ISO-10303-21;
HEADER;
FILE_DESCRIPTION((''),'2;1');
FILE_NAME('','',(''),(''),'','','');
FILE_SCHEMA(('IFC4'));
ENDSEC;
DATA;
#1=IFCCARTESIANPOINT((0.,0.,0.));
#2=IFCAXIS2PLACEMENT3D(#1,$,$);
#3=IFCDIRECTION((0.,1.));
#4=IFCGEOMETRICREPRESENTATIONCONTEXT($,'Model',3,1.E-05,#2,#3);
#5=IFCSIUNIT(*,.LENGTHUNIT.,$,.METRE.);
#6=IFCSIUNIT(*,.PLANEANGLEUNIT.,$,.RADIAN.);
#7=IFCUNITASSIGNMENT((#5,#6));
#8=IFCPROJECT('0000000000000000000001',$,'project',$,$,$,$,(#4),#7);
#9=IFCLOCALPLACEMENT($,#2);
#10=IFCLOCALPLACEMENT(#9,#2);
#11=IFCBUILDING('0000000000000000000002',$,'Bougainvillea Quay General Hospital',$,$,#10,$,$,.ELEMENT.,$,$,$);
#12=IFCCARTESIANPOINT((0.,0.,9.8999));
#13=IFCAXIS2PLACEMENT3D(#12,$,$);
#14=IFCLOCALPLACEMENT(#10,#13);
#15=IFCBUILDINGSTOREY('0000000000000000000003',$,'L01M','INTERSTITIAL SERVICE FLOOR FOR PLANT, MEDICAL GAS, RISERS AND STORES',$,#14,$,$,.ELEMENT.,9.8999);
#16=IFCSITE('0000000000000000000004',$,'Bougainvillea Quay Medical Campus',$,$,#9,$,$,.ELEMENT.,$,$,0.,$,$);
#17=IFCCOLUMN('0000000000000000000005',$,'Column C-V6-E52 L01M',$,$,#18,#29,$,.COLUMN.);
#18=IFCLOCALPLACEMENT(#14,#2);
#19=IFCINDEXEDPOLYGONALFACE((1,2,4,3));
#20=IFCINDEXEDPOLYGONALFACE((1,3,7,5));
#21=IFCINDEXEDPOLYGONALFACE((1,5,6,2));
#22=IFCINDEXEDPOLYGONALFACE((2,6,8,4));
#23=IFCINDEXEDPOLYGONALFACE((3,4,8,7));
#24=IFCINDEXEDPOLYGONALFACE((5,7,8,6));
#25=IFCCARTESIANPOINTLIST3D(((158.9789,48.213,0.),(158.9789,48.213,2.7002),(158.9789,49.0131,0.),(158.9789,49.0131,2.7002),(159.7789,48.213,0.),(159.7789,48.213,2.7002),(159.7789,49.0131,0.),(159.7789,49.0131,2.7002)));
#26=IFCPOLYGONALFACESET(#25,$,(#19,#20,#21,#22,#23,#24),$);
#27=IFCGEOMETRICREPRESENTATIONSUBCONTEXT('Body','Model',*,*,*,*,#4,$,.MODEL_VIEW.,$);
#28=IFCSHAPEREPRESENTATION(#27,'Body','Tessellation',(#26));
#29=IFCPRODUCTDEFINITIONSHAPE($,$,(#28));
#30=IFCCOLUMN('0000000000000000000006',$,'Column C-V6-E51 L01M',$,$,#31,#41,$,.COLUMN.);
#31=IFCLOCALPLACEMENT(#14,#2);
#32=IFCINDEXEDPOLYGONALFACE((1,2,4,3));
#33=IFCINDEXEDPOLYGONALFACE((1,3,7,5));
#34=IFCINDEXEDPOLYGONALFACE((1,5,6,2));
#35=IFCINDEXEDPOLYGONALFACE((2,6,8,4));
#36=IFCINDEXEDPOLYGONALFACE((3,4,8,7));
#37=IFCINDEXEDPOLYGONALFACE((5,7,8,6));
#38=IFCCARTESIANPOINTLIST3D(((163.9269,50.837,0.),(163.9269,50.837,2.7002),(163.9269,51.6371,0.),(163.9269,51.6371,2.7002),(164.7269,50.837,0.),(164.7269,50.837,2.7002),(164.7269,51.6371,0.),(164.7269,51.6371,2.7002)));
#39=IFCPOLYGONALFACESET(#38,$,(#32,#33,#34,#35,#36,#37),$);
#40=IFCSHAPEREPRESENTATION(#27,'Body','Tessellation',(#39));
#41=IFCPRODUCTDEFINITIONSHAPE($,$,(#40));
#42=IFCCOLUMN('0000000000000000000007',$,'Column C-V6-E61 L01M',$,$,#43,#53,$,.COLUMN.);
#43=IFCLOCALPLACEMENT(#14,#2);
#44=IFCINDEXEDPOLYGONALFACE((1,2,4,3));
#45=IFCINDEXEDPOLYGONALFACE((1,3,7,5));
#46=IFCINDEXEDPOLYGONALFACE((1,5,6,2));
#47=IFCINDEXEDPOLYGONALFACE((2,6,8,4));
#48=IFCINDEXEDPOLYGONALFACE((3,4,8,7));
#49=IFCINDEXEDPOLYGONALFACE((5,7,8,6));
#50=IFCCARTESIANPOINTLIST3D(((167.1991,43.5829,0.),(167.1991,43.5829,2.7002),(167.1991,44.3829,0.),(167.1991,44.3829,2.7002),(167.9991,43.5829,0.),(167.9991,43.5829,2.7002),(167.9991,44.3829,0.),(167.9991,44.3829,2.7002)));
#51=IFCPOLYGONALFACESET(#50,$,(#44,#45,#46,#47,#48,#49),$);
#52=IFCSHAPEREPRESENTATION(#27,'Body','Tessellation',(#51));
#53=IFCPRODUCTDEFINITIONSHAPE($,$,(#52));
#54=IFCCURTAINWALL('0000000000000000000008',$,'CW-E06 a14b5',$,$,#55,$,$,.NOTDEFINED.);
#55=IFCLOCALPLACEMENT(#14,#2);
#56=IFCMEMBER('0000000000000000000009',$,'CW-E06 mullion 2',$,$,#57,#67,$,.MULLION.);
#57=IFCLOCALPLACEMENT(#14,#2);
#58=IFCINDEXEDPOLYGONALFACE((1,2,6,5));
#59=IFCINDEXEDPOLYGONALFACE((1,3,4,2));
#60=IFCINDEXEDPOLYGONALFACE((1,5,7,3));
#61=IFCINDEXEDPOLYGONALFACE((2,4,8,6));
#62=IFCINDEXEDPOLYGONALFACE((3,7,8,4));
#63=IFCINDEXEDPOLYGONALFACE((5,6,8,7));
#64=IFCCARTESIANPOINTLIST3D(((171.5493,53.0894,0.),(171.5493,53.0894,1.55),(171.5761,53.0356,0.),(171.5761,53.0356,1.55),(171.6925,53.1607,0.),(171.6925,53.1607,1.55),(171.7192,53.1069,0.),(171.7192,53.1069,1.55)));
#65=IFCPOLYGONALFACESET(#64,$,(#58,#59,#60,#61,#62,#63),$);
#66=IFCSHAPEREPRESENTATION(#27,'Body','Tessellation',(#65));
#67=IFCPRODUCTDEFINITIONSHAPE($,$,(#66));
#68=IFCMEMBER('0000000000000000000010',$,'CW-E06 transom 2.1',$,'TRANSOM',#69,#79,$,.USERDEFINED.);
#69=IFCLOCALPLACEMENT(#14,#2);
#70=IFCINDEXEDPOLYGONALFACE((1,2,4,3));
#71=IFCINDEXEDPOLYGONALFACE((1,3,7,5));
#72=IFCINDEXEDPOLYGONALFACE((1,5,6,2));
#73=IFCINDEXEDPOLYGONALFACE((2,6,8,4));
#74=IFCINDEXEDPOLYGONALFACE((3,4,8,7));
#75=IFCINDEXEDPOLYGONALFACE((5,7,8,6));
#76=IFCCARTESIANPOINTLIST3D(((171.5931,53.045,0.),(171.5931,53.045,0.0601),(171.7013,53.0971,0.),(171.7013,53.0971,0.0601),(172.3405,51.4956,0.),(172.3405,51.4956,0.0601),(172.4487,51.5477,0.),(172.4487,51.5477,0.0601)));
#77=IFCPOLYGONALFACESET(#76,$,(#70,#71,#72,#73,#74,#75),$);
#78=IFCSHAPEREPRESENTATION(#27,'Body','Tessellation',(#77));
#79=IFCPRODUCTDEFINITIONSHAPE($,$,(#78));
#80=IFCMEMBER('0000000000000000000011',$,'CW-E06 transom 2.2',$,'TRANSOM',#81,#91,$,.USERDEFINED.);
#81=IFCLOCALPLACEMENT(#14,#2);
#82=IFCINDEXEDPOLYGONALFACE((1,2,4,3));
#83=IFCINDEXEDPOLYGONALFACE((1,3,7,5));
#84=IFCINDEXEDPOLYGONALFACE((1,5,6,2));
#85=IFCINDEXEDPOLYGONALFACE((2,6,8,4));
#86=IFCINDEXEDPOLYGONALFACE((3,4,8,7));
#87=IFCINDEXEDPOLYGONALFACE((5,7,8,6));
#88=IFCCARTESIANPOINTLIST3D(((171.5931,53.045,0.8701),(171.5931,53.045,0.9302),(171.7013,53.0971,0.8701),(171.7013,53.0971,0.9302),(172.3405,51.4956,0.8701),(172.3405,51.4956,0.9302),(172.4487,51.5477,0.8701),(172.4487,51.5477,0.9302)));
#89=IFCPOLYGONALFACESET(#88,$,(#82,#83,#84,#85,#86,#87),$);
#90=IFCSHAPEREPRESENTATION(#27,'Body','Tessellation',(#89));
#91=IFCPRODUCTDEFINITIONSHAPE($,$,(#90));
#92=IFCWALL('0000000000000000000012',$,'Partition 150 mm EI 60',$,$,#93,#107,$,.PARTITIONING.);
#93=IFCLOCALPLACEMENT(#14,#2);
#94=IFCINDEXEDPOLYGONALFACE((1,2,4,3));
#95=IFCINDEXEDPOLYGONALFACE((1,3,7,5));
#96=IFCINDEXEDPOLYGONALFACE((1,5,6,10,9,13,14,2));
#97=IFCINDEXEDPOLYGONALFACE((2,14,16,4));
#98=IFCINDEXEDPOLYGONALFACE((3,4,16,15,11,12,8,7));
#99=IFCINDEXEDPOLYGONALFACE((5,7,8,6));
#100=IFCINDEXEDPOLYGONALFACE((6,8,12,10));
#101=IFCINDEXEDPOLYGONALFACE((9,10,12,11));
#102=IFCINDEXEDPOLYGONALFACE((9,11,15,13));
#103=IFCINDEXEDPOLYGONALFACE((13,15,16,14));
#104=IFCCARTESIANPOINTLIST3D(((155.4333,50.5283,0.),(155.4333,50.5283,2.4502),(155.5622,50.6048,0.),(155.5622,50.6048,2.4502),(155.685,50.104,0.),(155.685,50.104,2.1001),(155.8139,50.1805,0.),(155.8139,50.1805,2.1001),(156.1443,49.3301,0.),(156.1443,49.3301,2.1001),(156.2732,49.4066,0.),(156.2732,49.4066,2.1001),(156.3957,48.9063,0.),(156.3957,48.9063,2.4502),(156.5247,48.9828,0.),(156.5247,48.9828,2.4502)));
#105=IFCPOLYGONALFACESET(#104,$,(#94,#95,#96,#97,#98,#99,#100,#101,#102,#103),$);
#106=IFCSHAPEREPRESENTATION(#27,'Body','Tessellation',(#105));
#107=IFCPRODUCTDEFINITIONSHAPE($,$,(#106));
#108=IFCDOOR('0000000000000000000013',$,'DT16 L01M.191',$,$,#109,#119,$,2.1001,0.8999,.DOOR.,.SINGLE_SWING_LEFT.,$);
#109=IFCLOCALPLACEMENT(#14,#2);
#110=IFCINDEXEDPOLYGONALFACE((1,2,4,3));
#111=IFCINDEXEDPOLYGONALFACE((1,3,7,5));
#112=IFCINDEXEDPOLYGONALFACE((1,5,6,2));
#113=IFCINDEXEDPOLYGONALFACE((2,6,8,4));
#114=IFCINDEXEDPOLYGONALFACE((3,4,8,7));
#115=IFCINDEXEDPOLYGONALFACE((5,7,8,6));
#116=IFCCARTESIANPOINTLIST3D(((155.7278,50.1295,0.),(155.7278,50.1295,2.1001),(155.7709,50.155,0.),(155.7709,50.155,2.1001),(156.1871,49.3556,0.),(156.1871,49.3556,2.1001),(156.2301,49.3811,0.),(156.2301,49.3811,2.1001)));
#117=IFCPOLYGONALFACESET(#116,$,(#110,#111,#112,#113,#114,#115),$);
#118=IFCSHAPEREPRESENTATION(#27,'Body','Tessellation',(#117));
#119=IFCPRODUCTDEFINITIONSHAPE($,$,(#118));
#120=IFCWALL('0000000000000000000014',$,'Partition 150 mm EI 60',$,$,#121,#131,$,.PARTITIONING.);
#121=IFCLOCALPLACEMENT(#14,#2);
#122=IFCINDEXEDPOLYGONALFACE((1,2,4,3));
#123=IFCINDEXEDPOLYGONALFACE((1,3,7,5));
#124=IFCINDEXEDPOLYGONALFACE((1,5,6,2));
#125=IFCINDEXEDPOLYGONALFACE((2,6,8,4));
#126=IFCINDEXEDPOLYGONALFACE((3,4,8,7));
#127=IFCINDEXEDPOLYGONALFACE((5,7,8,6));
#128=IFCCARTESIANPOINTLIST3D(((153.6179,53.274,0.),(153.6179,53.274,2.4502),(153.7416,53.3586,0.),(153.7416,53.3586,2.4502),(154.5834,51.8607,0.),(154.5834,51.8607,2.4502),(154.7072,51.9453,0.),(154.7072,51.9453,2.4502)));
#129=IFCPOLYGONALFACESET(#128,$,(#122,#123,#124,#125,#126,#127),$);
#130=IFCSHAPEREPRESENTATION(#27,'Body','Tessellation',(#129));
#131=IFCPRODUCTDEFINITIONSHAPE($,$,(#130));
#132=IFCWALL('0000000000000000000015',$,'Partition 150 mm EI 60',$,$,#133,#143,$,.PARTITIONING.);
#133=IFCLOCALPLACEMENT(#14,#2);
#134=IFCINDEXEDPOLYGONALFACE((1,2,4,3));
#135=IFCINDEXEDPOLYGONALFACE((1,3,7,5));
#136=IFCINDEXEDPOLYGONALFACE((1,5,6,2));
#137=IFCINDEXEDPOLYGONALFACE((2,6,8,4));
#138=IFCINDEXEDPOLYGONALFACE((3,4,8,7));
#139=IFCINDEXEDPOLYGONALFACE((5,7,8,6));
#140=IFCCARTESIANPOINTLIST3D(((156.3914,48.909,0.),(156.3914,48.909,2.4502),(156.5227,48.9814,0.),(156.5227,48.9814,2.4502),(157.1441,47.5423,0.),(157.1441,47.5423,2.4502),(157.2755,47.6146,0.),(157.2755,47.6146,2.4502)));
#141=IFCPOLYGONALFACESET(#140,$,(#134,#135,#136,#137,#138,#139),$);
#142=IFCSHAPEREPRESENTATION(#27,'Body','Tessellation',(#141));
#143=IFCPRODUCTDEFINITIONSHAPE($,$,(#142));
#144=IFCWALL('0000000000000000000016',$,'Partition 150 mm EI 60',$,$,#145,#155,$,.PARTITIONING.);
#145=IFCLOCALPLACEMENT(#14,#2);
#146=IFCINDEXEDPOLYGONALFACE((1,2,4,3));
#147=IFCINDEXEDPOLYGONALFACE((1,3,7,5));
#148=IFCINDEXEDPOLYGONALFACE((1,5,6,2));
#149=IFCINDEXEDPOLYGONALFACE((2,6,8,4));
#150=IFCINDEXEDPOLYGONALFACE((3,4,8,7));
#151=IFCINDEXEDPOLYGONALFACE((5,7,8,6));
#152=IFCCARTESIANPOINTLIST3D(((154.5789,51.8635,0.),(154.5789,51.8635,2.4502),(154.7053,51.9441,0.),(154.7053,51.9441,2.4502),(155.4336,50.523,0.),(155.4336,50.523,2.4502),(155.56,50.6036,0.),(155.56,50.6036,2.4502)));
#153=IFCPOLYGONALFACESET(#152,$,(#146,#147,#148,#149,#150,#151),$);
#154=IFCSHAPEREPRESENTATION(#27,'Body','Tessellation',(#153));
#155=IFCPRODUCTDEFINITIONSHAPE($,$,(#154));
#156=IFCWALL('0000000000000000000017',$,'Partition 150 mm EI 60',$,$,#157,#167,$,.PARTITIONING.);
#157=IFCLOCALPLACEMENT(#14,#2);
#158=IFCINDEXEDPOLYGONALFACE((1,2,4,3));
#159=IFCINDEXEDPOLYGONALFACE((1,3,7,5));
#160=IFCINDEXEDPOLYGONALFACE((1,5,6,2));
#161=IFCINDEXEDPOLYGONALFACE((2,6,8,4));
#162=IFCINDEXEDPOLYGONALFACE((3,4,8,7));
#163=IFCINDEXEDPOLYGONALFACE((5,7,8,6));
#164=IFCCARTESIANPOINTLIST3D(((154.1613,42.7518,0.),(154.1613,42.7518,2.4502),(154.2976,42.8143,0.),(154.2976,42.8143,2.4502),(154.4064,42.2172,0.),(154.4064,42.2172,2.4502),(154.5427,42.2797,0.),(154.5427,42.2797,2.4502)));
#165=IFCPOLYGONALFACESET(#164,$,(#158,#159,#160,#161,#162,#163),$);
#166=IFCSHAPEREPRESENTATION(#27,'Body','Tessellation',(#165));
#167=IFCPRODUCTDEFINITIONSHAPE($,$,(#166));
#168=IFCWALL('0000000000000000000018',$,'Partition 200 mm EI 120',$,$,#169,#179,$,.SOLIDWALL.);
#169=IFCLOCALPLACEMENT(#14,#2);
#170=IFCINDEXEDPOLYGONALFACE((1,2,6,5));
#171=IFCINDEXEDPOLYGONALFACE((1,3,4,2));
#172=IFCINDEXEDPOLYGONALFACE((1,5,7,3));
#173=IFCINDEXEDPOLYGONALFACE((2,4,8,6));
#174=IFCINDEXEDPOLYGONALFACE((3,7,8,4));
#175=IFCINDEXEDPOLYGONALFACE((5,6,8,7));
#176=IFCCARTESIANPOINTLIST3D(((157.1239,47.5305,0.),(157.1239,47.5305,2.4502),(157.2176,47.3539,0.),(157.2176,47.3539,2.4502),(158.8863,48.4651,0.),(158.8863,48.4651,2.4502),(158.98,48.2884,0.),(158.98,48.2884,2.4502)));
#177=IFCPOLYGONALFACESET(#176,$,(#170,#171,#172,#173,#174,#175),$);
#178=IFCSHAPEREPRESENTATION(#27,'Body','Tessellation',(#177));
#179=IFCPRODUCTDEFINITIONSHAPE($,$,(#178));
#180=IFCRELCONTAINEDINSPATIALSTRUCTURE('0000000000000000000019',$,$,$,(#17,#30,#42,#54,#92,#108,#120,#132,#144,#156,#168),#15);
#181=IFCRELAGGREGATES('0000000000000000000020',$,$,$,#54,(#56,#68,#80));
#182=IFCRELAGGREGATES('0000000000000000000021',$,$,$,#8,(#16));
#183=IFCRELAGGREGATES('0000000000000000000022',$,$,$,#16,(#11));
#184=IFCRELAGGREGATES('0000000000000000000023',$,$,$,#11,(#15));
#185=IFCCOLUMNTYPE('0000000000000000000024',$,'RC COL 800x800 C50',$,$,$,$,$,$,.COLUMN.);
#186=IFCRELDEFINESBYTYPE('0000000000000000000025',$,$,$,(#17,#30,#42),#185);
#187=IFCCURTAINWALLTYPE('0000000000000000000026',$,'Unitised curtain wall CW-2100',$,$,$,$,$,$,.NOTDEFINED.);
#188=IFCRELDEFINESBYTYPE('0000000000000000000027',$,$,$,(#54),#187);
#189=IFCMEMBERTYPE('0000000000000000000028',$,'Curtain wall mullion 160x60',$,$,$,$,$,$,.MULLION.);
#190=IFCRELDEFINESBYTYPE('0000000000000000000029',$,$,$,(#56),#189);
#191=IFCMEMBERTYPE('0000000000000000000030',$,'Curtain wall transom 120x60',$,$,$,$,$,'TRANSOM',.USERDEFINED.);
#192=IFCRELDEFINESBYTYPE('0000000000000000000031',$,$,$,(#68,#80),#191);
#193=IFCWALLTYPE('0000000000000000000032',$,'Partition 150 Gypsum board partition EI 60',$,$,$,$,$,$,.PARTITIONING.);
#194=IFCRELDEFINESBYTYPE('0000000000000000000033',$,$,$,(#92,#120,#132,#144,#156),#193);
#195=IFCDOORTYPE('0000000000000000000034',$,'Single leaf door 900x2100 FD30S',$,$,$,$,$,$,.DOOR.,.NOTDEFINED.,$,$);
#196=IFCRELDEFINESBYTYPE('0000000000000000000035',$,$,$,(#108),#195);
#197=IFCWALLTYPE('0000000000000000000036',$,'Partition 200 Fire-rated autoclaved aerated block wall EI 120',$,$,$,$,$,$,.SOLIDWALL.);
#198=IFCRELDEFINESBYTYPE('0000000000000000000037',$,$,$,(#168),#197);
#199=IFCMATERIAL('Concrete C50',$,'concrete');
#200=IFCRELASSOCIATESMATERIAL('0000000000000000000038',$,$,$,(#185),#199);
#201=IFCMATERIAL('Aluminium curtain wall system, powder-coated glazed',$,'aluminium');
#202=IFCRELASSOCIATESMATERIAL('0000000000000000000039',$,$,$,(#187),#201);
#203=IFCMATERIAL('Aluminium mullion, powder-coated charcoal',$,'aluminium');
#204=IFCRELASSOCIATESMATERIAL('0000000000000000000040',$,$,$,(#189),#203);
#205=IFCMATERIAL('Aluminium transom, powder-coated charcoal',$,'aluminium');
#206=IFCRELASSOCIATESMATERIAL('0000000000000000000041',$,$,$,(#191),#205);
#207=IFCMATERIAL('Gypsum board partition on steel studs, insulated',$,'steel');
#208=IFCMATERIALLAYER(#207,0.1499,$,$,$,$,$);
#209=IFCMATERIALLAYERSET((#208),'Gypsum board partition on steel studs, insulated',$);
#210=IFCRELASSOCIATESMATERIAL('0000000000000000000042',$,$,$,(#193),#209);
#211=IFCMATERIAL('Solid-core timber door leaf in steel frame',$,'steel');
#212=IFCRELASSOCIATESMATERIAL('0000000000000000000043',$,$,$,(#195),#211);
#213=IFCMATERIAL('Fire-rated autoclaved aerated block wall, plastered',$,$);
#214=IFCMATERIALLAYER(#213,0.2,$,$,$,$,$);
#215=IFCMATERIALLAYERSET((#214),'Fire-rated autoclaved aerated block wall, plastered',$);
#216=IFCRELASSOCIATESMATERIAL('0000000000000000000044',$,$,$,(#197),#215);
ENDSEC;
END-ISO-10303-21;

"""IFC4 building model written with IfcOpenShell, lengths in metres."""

from ifc_helpers import new_model, si_unit, direction, frame, frame_2d, origin, origin_2d, place, context, subcontext, project, spatial, rectangle, extrude, material, layer, layer_set, material_profile, profile_set, type_object, element, fill, aggregate, save


model = new_model("IFC4")

# Units and contexts
model_context = context("Model", 3, precision=1e-05, world=origin(), true_north=direction((0.0, 1.0)))
body_context = subcontext(model_context, "Body", "Model", "MODEL_VIEW")
ifc_project = project(units=[si_unit("LENGTHUNIT", "METRE"), si_unit("PLANEANGLEUNIT", "RADIAN")], contexts=[model_context])

# Site, building, storey
site_placement = place(None, origin())
site = spatial("IfcSite", under=ifc_project, at=site_placement, Name="Bougainvillea Quay Medical Campus", CompositionType="ELEMENT", RefElevation=0.0)
building_placement = place(site_placement, origin())
building = spatial("IfcBuilding", under=site, at=building_placement, Name="Bougainvillea Quay General Hospital", CompositionType="ELEMENT")
storey_placement = place(building_placement, frame((0.0, 0.0, 9.8999)))
storey = spatial("IfcBuildingStorey", under=building, at=storey_placement, Name="L01M", Description="INTERSTITIAL SERVICE FLOOR FOR PLANT, MEDICAL GAS, RISERS AND STORES", CompositionType="ELEMENT", Elevation=9.8999)

# Columns
ifc_material_1 = material(Name="Concrete C50", Category="concrete")
ifc_material_profile_1 = material_profile(ifc_material_1, rectangle(XDim=0.8, YDim=0.8, at=origin_2d()))
ifc_profile_set_1 = profile_set([ifc_material_profile_1], Name="Concrete C50")
column_type = type_object("IfcColumnType", Name="RC COL 800x800 C50", PredefinedType="COLUMN", material=ifc_profile_set_1)
for number, where, z_axis, x_axis, name in (
    (1, (159.3789, 48.613, 0.0), (0.0, 0.0, 1.0), (1.0, 0.0, 0.0), "Column C-V6-E52 L01M"),
    (2, (164.3269, 51.2371, 0.0), (0.0, 0.0, 1.0), (1.0, 0.0, 0.0), "Column C-V6-E51 L01M"),
    (3, (167.5991, 43.9829, 0.0), (0.0, 0.0, 1.0), (1.0, 0.0, 0.0), "Column C-V6-E61 L01M"),
):
    element("IfcColumn", number, at=place(storey_placement, frame(where, z_axis=z_axis, x_axis=x_axis)), inside=storey, type_object=column_type, Name=name, PredefinedType="COLUMN", context=body_context, shape_type="SweptSolid", body=[
        extrude(rectangle(XDim=0.8, YDim=0.8, at=origin_2d()), origin(), (0.0, 0.0, 1.0), 2.7002),
    ])

# Curtain wall, members
ifc_material_2 = material(Name="Aluminium curtain wall system, powder-coated glazed", Category="aluminium")
curtain_wall_type = type_object("IfcCurtainWallType", Name="Unitised curtain wall CW-2100", PredefinedType="NOTDEFINED", material=ifc_material_2)
curtain_wall_placement = place(storey_placement, origin())
curtain_wall = element("IfcCurtainWall", 4, at=curtain_wall_placement, inside=storey, type_object=curtain_wall_type, Name="CW-E06 a14b5", PredefinedType="NOTDEFINED")
ifc_material_3 = material(Name="Aluminium mullion, powder-coated charcoal", Category="aluminium")
ifc_material_profile_2 = material_profile(ifc_material_3, rectangle(XDim=0.1599, YDim=0.0601, at=origin_2d()))
ifc_profile_set_2 = profile_set([ifc_material_profile_2], Name="Aluminium mullion, powder-coated charcoal")
member_type_1 = type_object("IfcMemberType", Name="Curtain wall mullion 160x60", PredefinedType="MULLION", material=ifc_profile_set_2)
member_1_placement = place(storey_placement, frame((171.6343, 53.0981, 0.0), z_axis=(0.0, 0.0, 1.0), x_axis=(0.895109, 0.445848, 0.0)))
member_1 = element("IfcMember", 5, at=member_1_placement, type_object=member_type_1, Name="CW-E06 mullion 2", PredefinedType="MULLION", context=body_context, shape_type="SweptSolid", body=[
    extrude(rectangle(XDim=0.1599, YDim=0.0601, at=origin_2d()), origin(), (0.0, 0.0, 1.0), 1.55),
])
ifc_material_4 = material(Name="Aluminium transom, powder-coated charcoal", Category="aluminium")
ifc_material_profile_3 = material_profile(ifc_material_4, rectangle(XDim=0.1201, YDim=0.0601, at=origin_2d()))
ifc_profile_set_3 = profile_set([ifc_material_profile_3], Name="Aluminium transom, powder-coated charcoal")
member_type_2 = type_object("IfcMemberType", Name="Curtain wall transom 120x60", ElementType="TRANSOM", PredefinedType="USERDEFINED", material=ifc_profile_set_3)
member_2_placement = place(storey_placement, frame((171.6472, 53.071, 0.03), z_axis=(0.434451, -0.900695, 0.0), x_axis=(0.900695, 0.434451, 0.0)))
member_2 = element("IfcMember", 6, at=member_2_placement, type_object=member_type_2, Name="CW-E06 transom 2.1", ObjectType="TRANSOM", PredefinedType="USERDEFINED", context=body_context, shape_type="SweptSolid", body=[
    extrude(rectangle(XDim=0.1201, YDim=0.0601, at=origin_2d()), origin(), (0.0, 0.0, 1.0), 1.7202),
])
member_3_placement = place(storey_placement, frame((171.6472, 53.071, 0.9001), z_axis=(0.434451, -0.900695, 0.0), x_axis=(0.900695, 0.434451, 0.0)))
member_3 = element("IfcMember", 7, at=member_3_placement, type_object=member_type_2, Name="CW-E06 transom 2.2", ObjectType="TRANSOM", PredefinedType="USERDEFINED", context=body_context, shape_type="SweptSolid", body=[
    extrude(rectangle(XDim=0.1201, YDim=0.0601, at=origin_2d()), origin(), (0.0, 0.0, 1.0), 1.7202),
])
aggregate(curtain_wall, [member_1, member_2, member_3])

# Wall, opening, door
ifc_material_5 = material(Name="Gypsum board partition on steel studs, insulated", Category="steel")
ifc_layer_1 = layer(ifc_material_5, 0.1499)
ifc_layer_set_1 = layer_set([ifc_layer_1], Name="Gypsum board partition on steel studs, insulated")
wall_type_1 = type_object("IfcWallType", Name="Partition 150 Gypsum board partition EI 60", PredefinedType="PARTITIONING", material=ifc_layer_set_1)
wall_1_placement = place(storey_placement, frame((155.4978, 50.5664, 0.0), z_axis=(0.0, 0.0, 1.0), x_axis=(0.51032, -0.859984, 0.0)))
wall_1 = element("IfcWall", 8, at=wall_1_placement, inside=storey, type_object=wall_type_1, Name="Partition 150 mm EI 60", PredefinedType="PARTITIONING", context=body_context, shape_type="SweptSolid", body=[
    extrude(rectangle(XDim=1.886, YDim=0.1499, at=frame_2d((0.9429, 0.0))), origin(), (0.0, 0.0, 1.0), 2.4502),
])
opening_1_placement = place(wall_1_placement, frame((0.4932, 0.0, 0.0)))
opening_1 = element("IfcOpeningElement", 9, at=opening_1_placement, cuts=wall_1, PredefinedType="OPENING", context=body_context, shape_type="SweptSolid", body=[
    extrude(rectangle(XDim=0.8999, YDim=2.1001, at=frame_2d((0.45, 1.05))), frame((0.0, 0.085, 0.0), z_axis=(0.0, -1.0, 0.0), x_axis=(1.0, 0.0, 0.0)), (0.0, 0.0, 1.0), 0.1699),
])
ifc_material_6 = material(Name="Solid-core timber door leaf in steel frame", Category="steel")
door_type_1 = type_object("IfcDoorType", Name="Single leaf door 900x2100 FD30S", OperationType="NOTDEFINED", PredefinedType="DOOR", material=ifc_material_6)
door_1_placement = place(opening_1_placement, origin())
door_1 = element("IfcDoor", 10, at=door_1_placement, inside=storey, type_object=door_type_1, Name="DT16 L01M.191", OperationType="SINGLE_SWING_LEFT", OverallHeight=2.1001, OverallWidth=0.8999, PredefinedType="DOOR", context=body_context, shape_type="SweptSolid", body=[
    extrude(rectangle(XDim=0.8999, YDim=2.1001, at=frame_2d((0.45, 1.05))), frame((0.0, 0.0249, 0.0), z_axis=(0.0, -1.0, 0.0), x_axis=(1.0, 0.0, 0.0)), (0.0, 0.0, 1.0), 0.05),
])
fill(opening_1, door_1)

# Walls
wall_2_placement = place(storey_placement, frame((153.6797, 53.3164, 0.0), z_axis=(0.0, 0.0, 1.0), x_axis=(0.564111, -0.825699, 0.0)))
element("IfcWall", 11, at=wall_2_placement, inside=storey, type_object=wall_type_1, Name="Partition 150 mm EI 60", PredefinedType="PARTITIONING", context=body_context, shape_type="SweptSolid", body=[
    extrude(rectangle(XDim=1.7117, YDim=0.1499, at=frame_2d((0.856, 0.0))), origin(), (0.0, 0.0, 1.0), 2.4502),
])
wall_3_placement = place(storey_placement, frame((156.457, 48.9453, 0.0), z_axis=(0.0, 0.0, 1.0), x_axis=(0.482411, -0.875945, 0.0)))
element("IfcWall", 12, at=wall_3_placement, inside=storey, type_object=wall_type_1, Name="Partition 150 mm EI 60", PredefinedType="PARTITIONING", context=body_context, shape_type="SweptSolid", body=[
    extrude(rectangle(XDim=1.5603, YDim=0.1499, at=frame_2d((0.7803, 0.0))), origin(), (0.0, 0.0, 1.0), 2.4502),
])
wall_4_placement = place(storey_placement, frame((154.6421, 51.9038, 0.0), z_axis=(0.0, 0.0, 1.0), x_axis=(0.537611, -0.843193, 0.0)))
element("IfcWall", 13, at=wall_4_placement, inside=storey, type_object=wall_type_1, Name="Partition 150 mm EI 60", PredefinedType="PARTITIONING", context=body_context, shape_type="SweptSolid", body=[
    extrude(rectangle(XDim=1.5898, YDim=0.1499, at=frame_2d((0.7949, 0.0))), origin(), (0.0, 0.0, 1.0), 2.4502),
])
wall_5_placement = place(storey_placement, frame((154.2295, 42.783, 0.0), z_axis=(0.0, 0.0, 1.0), x_axis=(0.41674, -0.909026, 0.0)))
element("IfcWall", 14, at=wall_5_placement, inside=storey, type_object=wall_type_1, Name="Partition 150 mm EI 60", PredefinedType="PARTITIONING", context=body_context, shape_type="SweptSolid", body=[
    extrude(rectangle(XDim=0.5881, YDim=0.1499, at=frame_2d((0.2939, 0.0))), origin(), (0.0, 0.0, 1.0), 2.4502),
])
ifc_material_7 = material(Name="Fire-rated autoclaved aerated block wall, plastered")
ifc_layer_2 = layer(ifc_material_7, 0.2)
ifc_layer_set_2 = layer_set([ifc_layer_2], Name="Fire-rated autoclaved aerated block wall, plastered")
wall_type_2 = type_object("IfcWallType", Name="Partition 200 Fire-rated autoclaved aerated block wall EI 120", PredefinedType="SOLIDWALL", material=ifc_layer_set_2)
wall_6_placement = place(storey_placement, frame((157.1707, 47.4421, 0.0), z_axis=(0.0, 0.0, 1.0), x_axis=(0.883475, 0.468478, 0.0)))
element("IfcWall", 15, at=wall_6_placement, inside=storey, type_object=wall_type_2, Name="Partition 200 mm EI 120", PredefinedType="SOLIDWALL", context=body_context, shape_type="SweptSolid", body=[
    extrude(rectangle(XDim=1.9949, YDim=0.2, at=frame_2d((0.9976, 0.0))), origin(), (0.0, 0.0, 1.0), 2.4502),
])

save(model, "model.ifc")
